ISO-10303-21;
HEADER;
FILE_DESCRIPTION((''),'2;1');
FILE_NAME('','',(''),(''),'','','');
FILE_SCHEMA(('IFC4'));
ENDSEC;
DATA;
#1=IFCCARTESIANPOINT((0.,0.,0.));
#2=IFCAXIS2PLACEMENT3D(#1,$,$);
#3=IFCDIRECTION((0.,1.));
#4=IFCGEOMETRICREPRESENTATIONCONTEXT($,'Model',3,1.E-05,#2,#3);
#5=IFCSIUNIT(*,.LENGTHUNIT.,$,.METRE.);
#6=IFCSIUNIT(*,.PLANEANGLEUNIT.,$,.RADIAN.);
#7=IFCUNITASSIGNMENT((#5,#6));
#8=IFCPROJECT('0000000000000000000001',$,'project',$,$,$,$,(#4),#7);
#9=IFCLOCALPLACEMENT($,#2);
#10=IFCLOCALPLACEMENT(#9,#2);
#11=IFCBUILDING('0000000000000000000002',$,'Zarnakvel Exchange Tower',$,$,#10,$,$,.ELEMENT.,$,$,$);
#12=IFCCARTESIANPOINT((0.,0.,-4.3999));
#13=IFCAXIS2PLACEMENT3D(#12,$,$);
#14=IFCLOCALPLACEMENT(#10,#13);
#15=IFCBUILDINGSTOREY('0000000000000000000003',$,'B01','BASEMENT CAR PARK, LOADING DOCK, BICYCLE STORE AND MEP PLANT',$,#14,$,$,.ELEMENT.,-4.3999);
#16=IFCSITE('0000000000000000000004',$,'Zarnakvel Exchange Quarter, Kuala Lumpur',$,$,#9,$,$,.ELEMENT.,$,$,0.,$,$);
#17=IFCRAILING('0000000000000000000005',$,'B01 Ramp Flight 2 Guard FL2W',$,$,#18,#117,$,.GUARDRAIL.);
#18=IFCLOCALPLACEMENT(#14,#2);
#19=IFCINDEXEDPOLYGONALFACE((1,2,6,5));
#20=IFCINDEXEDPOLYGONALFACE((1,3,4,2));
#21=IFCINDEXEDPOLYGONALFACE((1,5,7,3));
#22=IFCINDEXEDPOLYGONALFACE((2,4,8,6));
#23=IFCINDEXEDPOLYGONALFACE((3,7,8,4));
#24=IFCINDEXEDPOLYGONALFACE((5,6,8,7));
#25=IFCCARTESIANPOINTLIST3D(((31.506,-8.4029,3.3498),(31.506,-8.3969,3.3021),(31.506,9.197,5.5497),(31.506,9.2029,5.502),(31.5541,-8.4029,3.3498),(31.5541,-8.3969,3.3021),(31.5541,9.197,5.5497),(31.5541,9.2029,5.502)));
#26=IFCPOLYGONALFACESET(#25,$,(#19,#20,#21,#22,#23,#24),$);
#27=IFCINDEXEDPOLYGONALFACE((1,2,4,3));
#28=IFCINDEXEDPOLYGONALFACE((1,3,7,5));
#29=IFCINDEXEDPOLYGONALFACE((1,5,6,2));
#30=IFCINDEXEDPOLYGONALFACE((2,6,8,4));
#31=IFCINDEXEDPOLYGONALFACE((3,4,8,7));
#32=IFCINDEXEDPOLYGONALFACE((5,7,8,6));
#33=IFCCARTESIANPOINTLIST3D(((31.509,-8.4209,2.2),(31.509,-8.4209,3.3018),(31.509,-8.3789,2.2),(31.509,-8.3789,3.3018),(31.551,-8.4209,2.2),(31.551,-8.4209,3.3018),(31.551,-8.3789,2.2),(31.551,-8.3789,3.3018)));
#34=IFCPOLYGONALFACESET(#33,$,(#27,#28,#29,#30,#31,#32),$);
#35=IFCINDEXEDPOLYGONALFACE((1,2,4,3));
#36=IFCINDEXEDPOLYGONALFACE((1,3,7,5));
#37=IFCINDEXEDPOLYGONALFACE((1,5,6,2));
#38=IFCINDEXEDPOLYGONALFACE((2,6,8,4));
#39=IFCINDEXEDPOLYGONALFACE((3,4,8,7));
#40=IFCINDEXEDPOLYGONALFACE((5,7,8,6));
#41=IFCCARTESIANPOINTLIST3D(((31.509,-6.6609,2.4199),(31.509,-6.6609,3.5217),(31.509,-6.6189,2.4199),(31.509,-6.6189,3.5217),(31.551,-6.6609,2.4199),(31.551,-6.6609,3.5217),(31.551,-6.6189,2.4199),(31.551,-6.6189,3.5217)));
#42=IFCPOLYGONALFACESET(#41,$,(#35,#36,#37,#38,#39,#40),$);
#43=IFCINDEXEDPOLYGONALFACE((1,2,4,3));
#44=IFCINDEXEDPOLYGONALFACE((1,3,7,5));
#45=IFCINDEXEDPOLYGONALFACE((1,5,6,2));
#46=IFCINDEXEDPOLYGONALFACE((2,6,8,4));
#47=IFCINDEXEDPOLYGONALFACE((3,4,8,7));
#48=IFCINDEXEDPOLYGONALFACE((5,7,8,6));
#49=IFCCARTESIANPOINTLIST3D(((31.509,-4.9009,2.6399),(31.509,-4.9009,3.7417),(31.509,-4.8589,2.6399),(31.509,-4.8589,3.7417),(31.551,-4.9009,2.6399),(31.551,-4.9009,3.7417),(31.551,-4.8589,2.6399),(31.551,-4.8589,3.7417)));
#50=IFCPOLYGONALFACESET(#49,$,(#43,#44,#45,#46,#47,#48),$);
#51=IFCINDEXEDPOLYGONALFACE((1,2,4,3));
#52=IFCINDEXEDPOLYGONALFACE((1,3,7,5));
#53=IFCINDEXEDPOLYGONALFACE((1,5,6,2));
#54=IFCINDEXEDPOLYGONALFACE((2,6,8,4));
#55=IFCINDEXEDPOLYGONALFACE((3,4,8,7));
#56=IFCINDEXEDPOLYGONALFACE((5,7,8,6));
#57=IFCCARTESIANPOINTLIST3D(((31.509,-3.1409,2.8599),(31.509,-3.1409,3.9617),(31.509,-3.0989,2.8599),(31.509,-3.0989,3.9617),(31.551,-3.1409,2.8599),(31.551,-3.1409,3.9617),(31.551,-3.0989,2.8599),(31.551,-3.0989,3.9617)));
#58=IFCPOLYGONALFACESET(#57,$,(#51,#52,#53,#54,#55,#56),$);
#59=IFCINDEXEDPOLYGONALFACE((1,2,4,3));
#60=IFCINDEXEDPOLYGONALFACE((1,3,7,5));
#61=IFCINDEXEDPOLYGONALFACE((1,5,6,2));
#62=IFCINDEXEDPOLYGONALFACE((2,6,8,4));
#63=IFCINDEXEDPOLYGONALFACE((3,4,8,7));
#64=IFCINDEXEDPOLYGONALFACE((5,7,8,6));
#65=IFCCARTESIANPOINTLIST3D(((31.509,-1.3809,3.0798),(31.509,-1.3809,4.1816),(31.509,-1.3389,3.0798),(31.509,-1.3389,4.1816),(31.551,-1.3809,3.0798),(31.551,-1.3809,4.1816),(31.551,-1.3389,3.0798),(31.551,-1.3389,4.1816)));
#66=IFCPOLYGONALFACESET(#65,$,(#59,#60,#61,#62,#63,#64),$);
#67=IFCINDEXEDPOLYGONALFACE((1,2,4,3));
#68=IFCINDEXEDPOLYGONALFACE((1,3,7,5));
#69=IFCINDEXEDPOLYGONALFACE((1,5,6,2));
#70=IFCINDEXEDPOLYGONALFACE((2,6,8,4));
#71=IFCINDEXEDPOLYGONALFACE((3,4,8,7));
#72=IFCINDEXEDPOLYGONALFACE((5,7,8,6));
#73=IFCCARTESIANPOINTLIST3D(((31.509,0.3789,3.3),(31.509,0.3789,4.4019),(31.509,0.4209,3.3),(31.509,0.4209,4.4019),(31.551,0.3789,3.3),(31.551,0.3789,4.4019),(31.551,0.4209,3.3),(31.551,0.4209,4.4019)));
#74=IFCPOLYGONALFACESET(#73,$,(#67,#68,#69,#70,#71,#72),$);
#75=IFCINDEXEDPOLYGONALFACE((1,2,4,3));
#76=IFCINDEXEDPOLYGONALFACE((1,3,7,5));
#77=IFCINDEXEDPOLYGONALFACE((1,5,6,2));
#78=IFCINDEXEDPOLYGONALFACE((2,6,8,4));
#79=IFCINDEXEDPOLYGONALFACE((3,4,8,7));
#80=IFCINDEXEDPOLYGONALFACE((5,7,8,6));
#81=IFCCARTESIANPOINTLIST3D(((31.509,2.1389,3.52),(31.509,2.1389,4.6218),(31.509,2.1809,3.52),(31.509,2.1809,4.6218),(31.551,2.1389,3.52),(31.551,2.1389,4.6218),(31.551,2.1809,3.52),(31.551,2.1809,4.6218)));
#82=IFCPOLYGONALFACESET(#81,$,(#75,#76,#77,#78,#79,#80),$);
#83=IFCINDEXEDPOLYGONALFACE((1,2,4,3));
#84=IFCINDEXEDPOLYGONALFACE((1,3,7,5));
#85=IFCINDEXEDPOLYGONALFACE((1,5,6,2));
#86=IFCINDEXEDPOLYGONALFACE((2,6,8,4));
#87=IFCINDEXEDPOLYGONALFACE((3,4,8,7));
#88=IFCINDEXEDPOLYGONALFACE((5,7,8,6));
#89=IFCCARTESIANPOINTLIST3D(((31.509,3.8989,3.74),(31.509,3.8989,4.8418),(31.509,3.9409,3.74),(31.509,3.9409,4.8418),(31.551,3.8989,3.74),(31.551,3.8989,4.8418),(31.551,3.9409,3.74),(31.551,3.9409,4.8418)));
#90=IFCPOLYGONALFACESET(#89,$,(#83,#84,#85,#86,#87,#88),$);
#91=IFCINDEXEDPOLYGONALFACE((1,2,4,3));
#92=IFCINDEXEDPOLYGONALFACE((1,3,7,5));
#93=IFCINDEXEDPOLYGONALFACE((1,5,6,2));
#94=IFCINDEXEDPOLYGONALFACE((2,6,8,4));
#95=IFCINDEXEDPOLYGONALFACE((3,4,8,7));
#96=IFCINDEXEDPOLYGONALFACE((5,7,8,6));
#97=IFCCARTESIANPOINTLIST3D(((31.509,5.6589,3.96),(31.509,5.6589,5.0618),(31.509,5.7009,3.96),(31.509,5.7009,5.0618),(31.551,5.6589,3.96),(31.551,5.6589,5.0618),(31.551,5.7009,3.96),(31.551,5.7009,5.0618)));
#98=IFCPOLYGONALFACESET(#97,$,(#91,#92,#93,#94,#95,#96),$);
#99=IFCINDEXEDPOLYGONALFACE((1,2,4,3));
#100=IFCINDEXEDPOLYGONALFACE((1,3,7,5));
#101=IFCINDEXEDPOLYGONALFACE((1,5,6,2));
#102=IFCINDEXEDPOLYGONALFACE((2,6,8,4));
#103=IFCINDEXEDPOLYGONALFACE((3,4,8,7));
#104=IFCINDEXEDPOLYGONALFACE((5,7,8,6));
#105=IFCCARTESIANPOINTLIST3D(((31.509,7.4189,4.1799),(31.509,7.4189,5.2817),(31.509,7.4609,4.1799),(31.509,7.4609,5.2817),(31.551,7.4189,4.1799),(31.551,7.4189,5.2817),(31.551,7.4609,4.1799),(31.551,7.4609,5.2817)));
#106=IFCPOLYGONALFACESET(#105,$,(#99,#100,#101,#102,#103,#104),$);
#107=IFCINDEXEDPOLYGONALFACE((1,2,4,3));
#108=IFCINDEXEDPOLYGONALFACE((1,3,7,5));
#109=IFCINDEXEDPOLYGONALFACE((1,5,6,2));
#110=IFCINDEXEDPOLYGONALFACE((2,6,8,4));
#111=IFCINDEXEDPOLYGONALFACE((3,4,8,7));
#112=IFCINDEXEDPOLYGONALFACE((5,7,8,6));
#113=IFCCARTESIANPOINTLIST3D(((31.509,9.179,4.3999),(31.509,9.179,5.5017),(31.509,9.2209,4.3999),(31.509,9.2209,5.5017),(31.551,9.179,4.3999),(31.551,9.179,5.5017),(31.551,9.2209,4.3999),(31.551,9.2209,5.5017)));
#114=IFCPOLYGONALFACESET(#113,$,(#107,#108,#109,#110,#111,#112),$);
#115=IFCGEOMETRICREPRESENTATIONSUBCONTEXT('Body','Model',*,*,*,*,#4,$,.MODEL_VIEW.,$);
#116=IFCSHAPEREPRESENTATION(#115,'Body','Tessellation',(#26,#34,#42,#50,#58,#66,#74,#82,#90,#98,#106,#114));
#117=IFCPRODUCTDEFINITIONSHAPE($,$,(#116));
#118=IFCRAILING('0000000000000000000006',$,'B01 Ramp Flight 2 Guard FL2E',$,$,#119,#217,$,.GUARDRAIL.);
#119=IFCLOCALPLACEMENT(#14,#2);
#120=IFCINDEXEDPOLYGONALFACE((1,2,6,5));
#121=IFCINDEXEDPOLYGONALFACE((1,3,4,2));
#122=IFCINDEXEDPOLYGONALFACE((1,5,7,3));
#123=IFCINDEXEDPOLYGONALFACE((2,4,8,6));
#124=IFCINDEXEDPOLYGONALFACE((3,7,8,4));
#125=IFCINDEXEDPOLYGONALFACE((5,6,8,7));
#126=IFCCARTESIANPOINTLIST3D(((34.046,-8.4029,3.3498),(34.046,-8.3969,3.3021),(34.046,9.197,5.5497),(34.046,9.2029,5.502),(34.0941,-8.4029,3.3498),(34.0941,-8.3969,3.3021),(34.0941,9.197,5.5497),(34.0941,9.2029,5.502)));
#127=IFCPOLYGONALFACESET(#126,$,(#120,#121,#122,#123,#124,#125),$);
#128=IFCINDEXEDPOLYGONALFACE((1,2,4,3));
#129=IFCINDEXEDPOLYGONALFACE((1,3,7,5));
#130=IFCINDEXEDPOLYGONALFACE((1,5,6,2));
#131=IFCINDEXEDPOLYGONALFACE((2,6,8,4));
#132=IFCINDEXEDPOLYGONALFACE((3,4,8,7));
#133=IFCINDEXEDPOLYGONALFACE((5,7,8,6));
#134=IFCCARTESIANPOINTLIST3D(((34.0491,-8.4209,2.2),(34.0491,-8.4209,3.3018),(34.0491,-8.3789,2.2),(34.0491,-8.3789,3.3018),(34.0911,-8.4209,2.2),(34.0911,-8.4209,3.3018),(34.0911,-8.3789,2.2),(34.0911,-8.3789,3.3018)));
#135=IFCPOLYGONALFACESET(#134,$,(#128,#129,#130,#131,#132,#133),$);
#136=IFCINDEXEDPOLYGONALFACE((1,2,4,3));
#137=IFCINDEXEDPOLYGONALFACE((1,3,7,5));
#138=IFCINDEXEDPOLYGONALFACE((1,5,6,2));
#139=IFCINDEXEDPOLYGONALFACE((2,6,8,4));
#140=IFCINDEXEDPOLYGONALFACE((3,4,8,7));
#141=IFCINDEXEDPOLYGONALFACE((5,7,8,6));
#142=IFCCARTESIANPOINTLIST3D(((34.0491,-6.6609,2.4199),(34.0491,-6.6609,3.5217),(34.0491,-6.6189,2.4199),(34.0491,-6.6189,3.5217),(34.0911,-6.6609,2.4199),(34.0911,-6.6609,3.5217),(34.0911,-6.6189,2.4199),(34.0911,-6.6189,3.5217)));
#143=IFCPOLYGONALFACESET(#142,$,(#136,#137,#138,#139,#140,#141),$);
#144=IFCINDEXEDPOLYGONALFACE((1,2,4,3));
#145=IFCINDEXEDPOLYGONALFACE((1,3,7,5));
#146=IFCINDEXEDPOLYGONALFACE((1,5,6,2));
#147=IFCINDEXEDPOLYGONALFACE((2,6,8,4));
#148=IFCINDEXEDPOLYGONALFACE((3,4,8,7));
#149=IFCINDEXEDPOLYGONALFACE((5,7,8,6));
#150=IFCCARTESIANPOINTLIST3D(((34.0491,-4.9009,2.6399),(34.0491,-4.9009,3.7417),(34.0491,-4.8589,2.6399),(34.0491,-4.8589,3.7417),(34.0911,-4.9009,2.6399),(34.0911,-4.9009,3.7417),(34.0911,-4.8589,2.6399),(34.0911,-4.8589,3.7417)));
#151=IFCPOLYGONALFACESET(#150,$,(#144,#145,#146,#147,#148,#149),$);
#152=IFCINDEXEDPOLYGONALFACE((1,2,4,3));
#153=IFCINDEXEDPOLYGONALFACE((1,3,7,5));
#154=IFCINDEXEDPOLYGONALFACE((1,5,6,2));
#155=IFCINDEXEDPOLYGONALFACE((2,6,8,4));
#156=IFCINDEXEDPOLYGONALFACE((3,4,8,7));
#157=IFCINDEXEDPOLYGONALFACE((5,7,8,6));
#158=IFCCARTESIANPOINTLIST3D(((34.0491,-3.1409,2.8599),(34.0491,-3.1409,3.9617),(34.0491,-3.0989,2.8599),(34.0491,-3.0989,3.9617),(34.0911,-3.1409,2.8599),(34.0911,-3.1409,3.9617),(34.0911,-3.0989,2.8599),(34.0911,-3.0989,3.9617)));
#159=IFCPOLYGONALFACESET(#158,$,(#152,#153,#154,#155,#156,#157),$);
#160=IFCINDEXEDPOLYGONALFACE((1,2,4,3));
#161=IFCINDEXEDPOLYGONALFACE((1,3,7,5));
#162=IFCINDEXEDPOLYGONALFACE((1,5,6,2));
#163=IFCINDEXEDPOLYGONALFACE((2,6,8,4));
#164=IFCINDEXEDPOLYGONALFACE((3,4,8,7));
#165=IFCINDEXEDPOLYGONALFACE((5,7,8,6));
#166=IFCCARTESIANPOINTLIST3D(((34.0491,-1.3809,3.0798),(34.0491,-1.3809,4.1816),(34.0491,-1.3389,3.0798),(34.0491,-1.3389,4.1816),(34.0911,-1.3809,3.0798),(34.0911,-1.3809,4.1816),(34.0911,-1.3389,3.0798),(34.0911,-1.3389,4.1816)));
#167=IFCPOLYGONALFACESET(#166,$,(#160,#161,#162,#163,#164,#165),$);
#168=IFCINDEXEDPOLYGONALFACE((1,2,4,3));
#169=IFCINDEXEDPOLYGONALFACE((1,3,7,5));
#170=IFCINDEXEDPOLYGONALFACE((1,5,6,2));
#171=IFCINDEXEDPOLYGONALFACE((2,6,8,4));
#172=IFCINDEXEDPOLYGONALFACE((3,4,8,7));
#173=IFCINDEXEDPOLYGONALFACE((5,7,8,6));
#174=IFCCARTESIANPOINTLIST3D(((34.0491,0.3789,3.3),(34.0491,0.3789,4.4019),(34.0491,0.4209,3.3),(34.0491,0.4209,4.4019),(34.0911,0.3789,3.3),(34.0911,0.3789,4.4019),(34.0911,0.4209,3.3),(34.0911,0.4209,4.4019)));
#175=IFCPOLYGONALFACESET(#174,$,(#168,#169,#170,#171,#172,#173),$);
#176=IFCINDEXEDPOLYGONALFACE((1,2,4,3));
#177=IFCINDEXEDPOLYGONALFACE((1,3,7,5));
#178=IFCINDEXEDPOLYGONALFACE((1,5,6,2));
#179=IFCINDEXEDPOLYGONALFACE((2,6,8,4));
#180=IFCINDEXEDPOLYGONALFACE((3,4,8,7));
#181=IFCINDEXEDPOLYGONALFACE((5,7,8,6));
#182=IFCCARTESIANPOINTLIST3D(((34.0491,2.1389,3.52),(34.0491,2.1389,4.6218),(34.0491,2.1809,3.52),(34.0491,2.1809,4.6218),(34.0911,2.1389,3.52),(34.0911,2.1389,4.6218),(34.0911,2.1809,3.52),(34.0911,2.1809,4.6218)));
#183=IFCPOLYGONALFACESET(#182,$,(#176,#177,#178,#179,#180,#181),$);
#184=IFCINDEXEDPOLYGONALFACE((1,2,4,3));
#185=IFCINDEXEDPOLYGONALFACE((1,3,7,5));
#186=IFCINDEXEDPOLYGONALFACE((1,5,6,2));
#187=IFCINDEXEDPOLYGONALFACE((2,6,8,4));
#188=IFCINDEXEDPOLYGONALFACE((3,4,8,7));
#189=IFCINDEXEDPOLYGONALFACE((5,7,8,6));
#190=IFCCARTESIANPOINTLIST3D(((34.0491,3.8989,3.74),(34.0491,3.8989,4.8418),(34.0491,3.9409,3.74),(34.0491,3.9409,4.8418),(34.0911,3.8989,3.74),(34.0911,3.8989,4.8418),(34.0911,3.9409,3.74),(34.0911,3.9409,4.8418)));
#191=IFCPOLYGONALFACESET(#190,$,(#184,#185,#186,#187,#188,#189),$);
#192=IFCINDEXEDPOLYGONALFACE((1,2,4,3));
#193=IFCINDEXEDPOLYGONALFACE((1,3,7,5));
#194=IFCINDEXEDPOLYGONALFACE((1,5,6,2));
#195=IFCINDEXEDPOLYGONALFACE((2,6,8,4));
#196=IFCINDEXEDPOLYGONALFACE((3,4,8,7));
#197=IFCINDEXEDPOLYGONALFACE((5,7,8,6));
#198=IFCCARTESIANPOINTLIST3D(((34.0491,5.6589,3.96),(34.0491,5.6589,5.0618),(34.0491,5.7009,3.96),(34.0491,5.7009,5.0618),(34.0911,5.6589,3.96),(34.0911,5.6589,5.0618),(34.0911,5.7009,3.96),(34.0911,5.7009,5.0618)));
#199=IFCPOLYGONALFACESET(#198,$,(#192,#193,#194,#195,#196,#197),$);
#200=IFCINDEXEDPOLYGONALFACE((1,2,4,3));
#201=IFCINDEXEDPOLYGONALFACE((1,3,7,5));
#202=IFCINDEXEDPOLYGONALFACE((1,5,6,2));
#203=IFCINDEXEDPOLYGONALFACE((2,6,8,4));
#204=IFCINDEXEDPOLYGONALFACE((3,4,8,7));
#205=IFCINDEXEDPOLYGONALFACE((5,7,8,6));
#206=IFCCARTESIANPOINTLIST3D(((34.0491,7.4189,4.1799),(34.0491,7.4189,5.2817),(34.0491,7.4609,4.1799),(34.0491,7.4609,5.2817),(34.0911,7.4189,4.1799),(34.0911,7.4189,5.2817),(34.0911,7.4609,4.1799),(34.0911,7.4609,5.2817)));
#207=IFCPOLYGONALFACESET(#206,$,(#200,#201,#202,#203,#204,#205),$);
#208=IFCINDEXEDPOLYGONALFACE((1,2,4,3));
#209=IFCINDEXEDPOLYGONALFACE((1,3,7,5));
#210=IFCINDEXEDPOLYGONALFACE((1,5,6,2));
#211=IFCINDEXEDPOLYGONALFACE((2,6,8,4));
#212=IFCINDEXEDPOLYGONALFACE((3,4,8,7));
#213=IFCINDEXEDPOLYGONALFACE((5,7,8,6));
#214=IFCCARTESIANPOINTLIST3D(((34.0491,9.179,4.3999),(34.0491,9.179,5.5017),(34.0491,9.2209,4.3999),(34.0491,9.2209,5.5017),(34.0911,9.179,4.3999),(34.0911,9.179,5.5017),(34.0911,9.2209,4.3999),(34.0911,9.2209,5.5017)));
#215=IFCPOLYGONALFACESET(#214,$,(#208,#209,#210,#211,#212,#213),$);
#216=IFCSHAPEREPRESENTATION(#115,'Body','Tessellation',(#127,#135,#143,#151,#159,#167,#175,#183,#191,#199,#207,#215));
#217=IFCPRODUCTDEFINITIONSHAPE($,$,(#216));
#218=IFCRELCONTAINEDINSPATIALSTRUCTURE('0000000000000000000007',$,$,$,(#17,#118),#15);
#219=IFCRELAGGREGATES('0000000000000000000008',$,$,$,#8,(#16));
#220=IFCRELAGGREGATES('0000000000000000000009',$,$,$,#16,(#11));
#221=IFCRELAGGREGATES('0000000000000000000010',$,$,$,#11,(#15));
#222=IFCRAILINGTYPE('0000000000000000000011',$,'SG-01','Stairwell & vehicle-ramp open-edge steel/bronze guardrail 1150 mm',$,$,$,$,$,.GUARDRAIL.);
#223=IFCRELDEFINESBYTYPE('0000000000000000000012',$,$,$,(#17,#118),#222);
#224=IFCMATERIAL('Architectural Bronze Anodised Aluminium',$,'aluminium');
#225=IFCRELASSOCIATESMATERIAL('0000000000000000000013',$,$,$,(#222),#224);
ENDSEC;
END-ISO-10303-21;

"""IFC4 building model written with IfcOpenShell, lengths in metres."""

from ifc_helpers import new_model, si_unit, direction, frame, origin, origin_2d, place, context, subcontext, project, spatial, rectangle, extrude, material, type_object, element, save


model = new_model("IFC4")

# Units and contexts
model_context = context("Model", 3, precision=1e-05, world=origin(), true_north=direction((0.0, 1.0)))
body_context = subcontext(model_context, "Body", "Model", "MODEL_VIEW")
ifc_project = project(units=[si_unit("LENGTHUNIT", "METRE"), si_unit("PLANEANGLEUNIT", "RADIAN")], contexts=[model_context])

# Site, building, storey
site_placement = place(None, origin())
site = spatial("IfcSite", under=ifc_project, at=site_placement, Name="Zarnakvel Exchange Quarter, Kuala Lumpur", CompositionType="ELEMENT", RefElevation=0.0)
building_placement = place(site_placement, origin())
building = spatial("IfcBuilding", under=site, at=building_placement, Name="Zarnakvel Exchange Tower", CompositionType="ELEMENT")
storey_placement = place(building_placement, frame((0.0, 0.0, -4.3999)))
storey = spatial("IfcBuildingStorey", under=building, at=storey_placement, Name="B01", Description="BASEMENT CAR PARK, LOADING DOCK, BICYCLE STORE AND MEP PLANT", CompositionType="ELEMENT", Elevation=-4.3999)

# Railings
ifc_material_1 = material(Name="Architectural Bronze Anodised Aluminium", Category="aluminium")
railing_type = type_object("IfcRailingType", Name="SG-01", Description="Stairwell & vehicle-ramp open-edge steel/bronze guardrail 1150 mm", PredefinedType="GUARDRAIL", material=ifc_material_1)
railing_1_placement = place(storey_placement, frame((31.53, -8.3999, 2.2)))
element("IfcRailing", 1, at=railing_1_placement, inside=storey, type_object=railing_type, Name="B01 Ramp Flight 2 Guard FL2W", PredefinedType="GUARDRAIL", context=body_context, shape_type="SweptSolid", body=[
    extrude(rectangle(XDim=0.0481, YDim=0.0481, at=origin_2d()), frame((0.0, 0.0, 1.126), z_axis=(0.0, 0.992278, 0.124033), x_axis=(-1.0, 0.0, 0.0)), (0.0, 0.0, 1.0), 17.7368),
    extrude(rectangle(XDim=0.042, YDim=0.042, at=origin_2d()), origin(), (0.0, 0.0, 1.0), 1.1018),
    extrude(rectangle(XDim=0.042, YDim=0.042, at=origin_2d()), frame((0.0, 1.76, 0.22)), (0.0, 0.0, 1.0), 1.1018),
    extrude(rectangle(XDim=0.042, YDim=0.042, at=origin_2d()), frame((0.0, 3.52, 0.4399)), (0.0, 0.0, 1.0), 1.1018),
    extrude(rectangle(XDim=0.042, YDim=0.042, at=origin_2d()), frame((0.0, 5.28, 0.6599)), (0.0, 0.0, 1.0), 1.1018),
    extrude(rectangle(XDim=0.042, YDim=0.042, at=origin_2d()), frame((0.0, 7.04, 0.8799)), (0.0, 0.0, 1.0), 1.1018),
    extrude(rectangle(XDim=0.042, YDim=0.042, at=origin_2d()), frame((0.0, 8.7998, 1.1001)), (0.0, 0.0, 1.0), 1.1018),
    extrude(rectangle(XDim=0.042, YDim=0.042, at=origin_2d()), frame((0.0, 10.5598, 1.3201)), (0.0, 0.0, 1.0), 1.1018),
    extrude(rectangle(XDim=0.042, YDim=0.042, at=origin_2d()), frame((0.0, 12.3198, 1.54)), (0.0, 0.0, 1.0), 1.1018),
    extrude(rectangle(XDim=0.042, YDim=0.042, at=origin_2d()), frame((0.0, 14.0798, 1.76)), (0.0, 0.0, 1.0), 1.1018),
    extrude(rectangle(XDim=0.042, YDim=0.042, at=origin_2d()), frame((0.0, 15.8398, 1.98)), (0.0, 0.0, 1.0), 1.1018),
    extrude(rectangle(XDim=0.042, YDim=0.042, at=origin_2d()), frame((0.0, 17.5999, 2.2)), (0.0, 0.0, 1.0), 1.1018),
])
railing_2_placement = place(storey_placement, frame((34.0701, -8.3999, 2.2)))
element("IfcRailing", 2, at=railing_2_placement, inside=storey, type_object=railing_type, Name="B01 Ramp Flight 2 Guard FL2E", PredefinedType="GUARDRAIL", context=body_context, shape_type="SweptSolid", body=[
    extrude(rectangle(XDim=0.0481, YDim=0.0481, at=origin_2d()), frame((0.0, 0.0, 1.126), z_axis=(0.0, 0.992278, 0.124033), x_axis=(-1.0, 0.0, 0.0)), (0.0, 0.0, 1.0), 17.7368),
    extrude(rectangle(XDim=0.042, YDim=0.042, at=origin_2d()), origin(), (0.0, 0.0, 1.0), 1.1018),
    extrude(rectangle(XDim=0.042, YDim=0.042, at=origin_2d()), frame((0.0, 1.76, 0.22)), (0.0, 0.0, 1.0), 1.1018),
    extrude(rectangle(XDim=0.042, YDim=0.042, at=origin_2d()), frame((0.0, 3.52, 0.4399)), (0.0, 0.0, 1.0), 1.1018),
    extrude(rectangle(XDim=0.042, YDim=0.042, at=origin_2d()), frame((0.0, 5.28, 0.6599)), (0.0, 0.0, 1.0), 1.1018),
    extrude(rectangle(XDim=0.042, YDim=0.042, at=origin_2d()), frame((0.0, 7.04, 0.8799)), (0.0, 0.0, 1.0), 1.1018),
    extrude(rectangle(XDim=0.042, YDim=0.042, at=origin_2d()), frame((0.0, 8.7998, 1.1001)), (0.0, 0.0, 1.0), 1.1018),
    extrude(rectangle(XDim=0.042, YDim=0.042, at=origin_2d()), frame((0.0, 10.5598, 1.3201)), (0.0, 0.0, 1.0), 1.1018),
    extrude(rectangle(XDim=0.042, YDim=0.042, at=origin_2d()), frame((0.0, 12.3198, 1.54)), (0.0, 0.0, 1.0), 1.1018),
    extrude(rectangle(XDim=0.042, YDim=0.042, at=origin_2d()), frame((0.0, 14.0798, 1.76)), (0.0, 0.0, 1.0), 1.1018),
    extrude(rectangle(XDim=0.042, YDim=0.042, at=origin_2d()), frame((0.0, 15.8398, 1.98)), (0.0, 0.0, 1.0), 1.1018),
    extrude(rectangle(XDim=0.042, YDim=0.042, at=origin_2d()), frame((0.0, 17.5999, 2.2)), (0.0, 0.0, 1.0), 1.1018),
])

save(model, "model.ifc")
